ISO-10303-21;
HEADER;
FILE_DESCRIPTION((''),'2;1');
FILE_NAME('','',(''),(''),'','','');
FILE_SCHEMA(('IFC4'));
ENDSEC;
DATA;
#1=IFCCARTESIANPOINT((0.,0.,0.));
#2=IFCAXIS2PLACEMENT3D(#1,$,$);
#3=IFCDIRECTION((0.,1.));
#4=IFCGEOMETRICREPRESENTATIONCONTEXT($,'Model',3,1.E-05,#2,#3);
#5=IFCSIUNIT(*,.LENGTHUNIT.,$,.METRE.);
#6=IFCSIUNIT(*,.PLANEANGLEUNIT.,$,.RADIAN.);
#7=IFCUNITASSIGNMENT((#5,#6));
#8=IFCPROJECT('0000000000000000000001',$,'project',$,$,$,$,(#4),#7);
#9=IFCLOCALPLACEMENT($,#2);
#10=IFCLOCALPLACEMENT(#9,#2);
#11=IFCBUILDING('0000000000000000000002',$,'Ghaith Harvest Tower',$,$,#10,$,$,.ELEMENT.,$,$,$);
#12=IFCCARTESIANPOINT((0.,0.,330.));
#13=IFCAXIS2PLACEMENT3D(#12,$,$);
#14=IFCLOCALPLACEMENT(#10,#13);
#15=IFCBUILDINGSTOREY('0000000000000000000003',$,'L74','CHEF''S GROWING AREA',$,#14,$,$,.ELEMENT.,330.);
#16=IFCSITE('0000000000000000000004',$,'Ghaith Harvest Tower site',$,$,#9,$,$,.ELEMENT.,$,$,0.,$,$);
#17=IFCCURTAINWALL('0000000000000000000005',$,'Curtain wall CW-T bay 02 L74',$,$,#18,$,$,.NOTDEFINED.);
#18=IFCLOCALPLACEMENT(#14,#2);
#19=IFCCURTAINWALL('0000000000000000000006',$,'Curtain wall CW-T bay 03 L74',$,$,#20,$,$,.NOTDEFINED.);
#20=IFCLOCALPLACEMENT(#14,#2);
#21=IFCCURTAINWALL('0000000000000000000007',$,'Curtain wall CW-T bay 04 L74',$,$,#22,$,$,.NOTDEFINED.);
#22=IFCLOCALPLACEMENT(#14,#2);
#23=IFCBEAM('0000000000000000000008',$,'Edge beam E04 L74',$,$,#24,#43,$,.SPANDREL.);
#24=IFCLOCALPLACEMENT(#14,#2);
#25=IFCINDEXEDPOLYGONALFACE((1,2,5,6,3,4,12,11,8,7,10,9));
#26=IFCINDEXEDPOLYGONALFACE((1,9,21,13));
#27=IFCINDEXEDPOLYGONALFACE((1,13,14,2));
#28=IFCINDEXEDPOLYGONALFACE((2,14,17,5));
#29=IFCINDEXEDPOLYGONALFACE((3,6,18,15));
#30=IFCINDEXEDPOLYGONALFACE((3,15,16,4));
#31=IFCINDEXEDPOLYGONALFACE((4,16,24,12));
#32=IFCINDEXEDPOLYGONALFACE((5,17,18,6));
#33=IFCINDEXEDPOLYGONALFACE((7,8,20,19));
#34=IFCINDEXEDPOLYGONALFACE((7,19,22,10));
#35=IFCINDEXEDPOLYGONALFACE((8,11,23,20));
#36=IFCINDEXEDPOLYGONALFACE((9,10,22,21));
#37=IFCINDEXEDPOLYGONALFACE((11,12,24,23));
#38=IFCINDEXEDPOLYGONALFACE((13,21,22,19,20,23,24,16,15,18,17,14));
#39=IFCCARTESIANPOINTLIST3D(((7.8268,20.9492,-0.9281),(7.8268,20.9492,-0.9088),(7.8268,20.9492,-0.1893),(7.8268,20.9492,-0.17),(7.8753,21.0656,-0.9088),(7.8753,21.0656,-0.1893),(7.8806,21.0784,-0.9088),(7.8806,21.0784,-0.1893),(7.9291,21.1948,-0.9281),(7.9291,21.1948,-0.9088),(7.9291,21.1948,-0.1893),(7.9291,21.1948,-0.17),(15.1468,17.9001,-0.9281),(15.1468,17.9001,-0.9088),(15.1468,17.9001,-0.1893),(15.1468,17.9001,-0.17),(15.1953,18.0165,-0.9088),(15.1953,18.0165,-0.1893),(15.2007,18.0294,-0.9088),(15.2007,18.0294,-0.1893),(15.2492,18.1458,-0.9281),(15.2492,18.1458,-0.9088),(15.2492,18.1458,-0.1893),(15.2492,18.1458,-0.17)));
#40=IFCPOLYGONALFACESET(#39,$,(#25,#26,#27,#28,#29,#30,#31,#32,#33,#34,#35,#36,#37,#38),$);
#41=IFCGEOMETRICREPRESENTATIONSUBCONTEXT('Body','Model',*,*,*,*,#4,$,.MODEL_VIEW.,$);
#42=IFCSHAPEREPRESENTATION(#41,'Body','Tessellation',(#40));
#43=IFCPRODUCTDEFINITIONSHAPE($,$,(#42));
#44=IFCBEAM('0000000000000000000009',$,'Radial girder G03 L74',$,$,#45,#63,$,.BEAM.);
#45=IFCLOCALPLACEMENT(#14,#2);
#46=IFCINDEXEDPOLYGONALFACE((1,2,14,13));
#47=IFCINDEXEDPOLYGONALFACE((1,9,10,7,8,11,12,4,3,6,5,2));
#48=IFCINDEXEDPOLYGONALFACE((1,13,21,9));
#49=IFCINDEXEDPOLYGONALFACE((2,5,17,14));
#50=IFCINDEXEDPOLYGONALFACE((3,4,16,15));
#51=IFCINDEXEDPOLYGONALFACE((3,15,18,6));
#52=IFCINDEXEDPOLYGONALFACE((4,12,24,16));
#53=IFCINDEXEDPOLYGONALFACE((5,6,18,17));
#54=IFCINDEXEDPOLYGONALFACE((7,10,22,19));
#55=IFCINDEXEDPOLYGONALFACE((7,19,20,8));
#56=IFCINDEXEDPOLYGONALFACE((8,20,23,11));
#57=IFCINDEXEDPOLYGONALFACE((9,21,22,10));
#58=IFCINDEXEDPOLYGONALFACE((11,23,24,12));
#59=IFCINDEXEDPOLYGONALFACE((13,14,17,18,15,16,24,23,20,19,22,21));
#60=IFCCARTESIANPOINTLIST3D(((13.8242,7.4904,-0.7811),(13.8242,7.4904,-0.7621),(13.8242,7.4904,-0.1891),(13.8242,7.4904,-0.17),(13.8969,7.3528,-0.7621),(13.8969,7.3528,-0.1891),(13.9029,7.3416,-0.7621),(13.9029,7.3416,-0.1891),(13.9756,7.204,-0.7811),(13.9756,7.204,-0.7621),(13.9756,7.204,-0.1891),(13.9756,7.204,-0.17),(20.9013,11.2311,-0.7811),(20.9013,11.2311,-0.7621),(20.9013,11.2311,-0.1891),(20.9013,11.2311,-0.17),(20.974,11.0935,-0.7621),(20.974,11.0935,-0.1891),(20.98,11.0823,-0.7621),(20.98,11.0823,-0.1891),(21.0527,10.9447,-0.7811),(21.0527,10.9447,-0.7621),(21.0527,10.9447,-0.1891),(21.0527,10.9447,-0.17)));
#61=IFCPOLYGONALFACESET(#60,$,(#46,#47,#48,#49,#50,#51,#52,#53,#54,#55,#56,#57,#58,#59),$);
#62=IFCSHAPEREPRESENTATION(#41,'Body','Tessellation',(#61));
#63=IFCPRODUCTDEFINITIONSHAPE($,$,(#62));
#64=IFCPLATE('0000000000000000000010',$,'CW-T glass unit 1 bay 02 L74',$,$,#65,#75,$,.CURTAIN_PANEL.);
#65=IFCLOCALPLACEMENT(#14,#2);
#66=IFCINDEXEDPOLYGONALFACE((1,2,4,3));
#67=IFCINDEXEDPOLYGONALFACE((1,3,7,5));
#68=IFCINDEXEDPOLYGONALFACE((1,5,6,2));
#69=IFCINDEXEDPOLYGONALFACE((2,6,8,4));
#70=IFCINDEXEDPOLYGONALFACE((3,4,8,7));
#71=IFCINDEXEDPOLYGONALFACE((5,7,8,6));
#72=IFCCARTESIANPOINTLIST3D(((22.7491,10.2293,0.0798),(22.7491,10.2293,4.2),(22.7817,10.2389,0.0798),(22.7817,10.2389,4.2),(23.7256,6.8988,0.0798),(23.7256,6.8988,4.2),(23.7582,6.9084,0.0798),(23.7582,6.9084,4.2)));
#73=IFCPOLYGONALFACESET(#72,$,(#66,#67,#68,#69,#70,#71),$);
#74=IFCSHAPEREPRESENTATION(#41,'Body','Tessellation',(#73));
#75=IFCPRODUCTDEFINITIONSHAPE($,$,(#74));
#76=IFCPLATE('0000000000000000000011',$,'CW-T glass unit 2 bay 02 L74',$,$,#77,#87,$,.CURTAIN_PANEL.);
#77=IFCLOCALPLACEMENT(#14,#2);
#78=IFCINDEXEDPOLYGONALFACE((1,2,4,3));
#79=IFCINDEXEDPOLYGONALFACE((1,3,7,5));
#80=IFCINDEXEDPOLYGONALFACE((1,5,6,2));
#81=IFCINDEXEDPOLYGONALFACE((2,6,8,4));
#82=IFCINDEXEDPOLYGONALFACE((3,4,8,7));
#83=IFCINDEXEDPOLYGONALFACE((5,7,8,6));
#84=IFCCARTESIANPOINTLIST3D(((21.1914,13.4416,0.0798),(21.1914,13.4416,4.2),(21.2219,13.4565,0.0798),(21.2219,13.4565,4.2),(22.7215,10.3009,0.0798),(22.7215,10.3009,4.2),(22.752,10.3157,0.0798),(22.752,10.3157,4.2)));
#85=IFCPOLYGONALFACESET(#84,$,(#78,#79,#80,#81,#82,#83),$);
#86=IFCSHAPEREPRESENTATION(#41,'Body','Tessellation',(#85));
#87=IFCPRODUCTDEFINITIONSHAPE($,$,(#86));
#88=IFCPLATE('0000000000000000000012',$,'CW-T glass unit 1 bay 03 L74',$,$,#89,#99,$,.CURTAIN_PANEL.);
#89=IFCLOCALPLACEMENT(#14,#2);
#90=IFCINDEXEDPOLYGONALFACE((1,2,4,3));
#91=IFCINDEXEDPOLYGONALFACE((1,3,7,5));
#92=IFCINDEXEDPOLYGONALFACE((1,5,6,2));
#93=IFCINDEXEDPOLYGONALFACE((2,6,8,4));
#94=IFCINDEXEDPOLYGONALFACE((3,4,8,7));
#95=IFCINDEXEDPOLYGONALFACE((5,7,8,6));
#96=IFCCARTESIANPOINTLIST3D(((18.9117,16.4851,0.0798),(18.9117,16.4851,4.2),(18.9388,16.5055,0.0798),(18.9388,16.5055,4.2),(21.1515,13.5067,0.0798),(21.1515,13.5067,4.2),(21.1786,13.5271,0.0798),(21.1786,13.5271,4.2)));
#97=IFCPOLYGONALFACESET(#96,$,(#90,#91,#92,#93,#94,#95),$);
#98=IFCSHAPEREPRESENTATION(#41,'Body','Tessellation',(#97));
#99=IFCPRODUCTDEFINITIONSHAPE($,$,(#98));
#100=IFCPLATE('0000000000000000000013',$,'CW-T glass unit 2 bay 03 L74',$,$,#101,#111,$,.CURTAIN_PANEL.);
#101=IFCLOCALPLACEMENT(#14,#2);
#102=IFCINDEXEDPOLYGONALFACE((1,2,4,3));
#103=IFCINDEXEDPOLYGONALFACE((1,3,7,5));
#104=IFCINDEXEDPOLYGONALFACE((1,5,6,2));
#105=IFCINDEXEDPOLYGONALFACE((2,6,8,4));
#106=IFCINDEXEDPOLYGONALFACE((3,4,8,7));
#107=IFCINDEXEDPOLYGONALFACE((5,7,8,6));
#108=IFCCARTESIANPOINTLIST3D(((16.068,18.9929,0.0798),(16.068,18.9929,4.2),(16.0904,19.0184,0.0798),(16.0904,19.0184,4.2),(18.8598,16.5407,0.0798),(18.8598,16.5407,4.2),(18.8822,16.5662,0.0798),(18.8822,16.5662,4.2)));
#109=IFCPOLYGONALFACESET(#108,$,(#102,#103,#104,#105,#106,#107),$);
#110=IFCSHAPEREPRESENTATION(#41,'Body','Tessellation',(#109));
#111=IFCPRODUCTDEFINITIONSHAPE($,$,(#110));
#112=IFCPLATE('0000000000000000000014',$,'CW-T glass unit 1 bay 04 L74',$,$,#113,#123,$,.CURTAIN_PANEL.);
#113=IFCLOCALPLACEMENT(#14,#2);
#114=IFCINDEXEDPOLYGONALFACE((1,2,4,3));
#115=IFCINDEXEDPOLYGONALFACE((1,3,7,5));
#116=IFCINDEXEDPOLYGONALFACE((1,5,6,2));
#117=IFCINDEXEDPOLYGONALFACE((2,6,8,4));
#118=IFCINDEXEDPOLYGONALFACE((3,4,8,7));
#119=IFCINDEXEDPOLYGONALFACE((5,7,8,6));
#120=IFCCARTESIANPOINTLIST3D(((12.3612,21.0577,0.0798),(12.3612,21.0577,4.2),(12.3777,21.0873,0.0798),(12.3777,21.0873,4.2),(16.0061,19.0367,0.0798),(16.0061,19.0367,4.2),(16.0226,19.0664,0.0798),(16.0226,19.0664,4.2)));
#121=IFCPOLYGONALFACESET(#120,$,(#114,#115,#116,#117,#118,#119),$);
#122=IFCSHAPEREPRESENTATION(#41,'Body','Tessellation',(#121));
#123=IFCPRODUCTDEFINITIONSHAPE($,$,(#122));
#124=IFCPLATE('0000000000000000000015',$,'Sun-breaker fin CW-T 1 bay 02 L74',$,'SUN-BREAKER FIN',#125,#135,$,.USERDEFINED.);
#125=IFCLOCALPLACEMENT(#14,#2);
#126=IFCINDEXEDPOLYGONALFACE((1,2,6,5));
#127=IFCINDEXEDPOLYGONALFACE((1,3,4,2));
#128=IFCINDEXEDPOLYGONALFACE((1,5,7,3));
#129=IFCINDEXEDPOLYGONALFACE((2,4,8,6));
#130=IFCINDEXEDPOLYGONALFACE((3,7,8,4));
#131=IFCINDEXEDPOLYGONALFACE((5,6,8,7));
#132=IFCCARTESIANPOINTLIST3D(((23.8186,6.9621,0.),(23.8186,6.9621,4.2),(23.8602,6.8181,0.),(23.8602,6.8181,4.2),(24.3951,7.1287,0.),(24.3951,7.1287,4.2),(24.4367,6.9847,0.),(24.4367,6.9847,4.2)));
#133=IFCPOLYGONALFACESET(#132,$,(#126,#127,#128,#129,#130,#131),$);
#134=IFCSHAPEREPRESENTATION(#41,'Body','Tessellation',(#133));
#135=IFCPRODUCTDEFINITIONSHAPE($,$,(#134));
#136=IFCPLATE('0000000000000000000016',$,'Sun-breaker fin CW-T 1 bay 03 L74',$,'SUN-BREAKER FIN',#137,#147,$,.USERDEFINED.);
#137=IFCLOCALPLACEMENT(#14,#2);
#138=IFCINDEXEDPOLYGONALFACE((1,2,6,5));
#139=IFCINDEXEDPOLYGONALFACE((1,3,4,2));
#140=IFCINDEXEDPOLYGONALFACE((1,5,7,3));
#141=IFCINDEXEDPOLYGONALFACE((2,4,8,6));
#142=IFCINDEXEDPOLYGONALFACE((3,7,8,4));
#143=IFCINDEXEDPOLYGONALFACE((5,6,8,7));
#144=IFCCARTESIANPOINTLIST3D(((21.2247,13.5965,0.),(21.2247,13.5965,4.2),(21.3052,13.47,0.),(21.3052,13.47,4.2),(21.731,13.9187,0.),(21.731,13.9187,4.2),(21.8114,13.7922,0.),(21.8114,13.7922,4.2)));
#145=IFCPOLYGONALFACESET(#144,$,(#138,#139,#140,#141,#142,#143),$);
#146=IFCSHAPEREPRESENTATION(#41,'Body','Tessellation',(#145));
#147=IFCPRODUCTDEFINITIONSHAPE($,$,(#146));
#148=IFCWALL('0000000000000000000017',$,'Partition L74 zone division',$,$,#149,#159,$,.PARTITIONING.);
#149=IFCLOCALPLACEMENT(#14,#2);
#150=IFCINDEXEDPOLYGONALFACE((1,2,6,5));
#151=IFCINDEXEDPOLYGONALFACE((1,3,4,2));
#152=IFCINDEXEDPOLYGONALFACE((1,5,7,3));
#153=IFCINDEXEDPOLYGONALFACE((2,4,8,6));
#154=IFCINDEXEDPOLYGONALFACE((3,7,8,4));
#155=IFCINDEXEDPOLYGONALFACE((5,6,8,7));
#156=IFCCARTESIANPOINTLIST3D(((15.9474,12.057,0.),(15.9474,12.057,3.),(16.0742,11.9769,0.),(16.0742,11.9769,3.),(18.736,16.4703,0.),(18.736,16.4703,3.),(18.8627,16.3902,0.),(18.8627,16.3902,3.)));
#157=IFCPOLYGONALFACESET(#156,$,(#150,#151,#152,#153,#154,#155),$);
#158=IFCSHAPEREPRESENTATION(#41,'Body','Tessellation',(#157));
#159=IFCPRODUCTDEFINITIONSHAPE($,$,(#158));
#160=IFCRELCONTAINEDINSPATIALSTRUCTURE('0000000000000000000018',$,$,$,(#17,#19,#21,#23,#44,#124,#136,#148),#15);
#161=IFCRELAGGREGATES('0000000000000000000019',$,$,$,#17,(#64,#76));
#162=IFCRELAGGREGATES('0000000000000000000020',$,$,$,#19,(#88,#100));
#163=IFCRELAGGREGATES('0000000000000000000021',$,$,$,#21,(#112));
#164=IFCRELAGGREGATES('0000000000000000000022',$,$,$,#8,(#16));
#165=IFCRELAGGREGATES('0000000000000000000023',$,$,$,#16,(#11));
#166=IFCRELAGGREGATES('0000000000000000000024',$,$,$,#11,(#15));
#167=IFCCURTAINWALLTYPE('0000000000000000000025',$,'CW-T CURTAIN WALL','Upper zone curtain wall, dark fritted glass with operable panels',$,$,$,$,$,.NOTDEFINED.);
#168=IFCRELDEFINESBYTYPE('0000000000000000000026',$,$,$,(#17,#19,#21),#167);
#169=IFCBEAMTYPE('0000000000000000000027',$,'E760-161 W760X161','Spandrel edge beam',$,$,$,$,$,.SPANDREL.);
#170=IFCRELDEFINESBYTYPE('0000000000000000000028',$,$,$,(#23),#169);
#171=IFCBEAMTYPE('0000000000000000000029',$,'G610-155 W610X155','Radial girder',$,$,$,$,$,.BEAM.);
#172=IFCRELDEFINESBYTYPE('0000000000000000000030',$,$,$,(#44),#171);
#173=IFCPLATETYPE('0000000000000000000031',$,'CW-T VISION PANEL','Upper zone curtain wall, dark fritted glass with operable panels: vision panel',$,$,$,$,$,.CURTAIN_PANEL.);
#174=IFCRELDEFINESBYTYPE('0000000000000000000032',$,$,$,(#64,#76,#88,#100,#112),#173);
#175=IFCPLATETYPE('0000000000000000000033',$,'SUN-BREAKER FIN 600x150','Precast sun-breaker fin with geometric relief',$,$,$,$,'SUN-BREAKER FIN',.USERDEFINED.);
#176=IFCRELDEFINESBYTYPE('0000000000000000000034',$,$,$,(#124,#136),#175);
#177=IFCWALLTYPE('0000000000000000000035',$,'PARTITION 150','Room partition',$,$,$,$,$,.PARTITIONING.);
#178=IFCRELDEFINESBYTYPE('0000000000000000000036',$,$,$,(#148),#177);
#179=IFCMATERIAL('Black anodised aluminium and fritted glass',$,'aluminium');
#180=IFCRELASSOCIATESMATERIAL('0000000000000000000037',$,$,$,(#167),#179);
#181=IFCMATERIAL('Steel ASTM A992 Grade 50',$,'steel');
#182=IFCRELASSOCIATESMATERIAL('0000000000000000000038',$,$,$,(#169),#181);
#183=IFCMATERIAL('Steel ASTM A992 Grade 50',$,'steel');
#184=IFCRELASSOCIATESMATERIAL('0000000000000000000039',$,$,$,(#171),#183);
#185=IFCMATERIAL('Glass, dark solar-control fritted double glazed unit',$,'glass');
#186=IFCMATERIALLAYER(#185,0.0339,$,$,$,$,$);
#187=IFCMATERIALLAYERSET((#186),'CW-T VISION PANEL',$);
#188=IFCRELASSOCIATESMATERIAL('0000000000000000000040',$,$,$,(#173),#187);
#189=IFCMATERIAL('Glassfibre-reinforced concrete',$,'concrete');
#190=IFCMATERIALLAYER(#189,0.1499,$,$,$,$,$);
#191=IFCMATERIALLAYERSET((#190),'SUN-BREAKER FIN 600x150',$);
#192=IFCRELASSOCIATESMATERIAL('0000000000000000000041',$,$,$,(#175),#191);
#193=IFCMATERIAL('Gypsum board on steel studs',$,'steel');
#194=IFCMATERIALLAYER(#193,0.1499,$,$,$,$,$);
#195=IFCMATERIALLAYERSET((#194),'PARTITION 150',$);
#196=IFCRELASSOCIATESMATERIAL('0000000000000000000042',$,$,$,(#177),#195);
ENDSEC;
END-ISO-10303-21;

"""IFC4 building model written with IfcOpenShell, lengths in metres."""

from ifc_helpers import new_model, si_unit, direction, frame, frame_2d, origin, origin_2d, place, context, subcontext, project, spatial, rectangle, i_section, extrude, material, layer, layer_set, material_profile, profile_set, type_object, element, aggregate, save


model = new_model("IFC4")

# Units and contexts
model_context = context("Model", 3, precision=1e-05, world=origin(), true_north=direction((0.0, 1.0)))
body_context = subcontext(model_context, "Body", "Model", "MODEL_VIEW")
ifc_project = project(units=[si_unit("LENGTHUNIT", "METRE"), si_unit("PLANEANGLEUNIT", "RADIAN")], contexts=[model_context])

# Site, building, storey
site_placement = place(None, origin())
site = spatial("IfcSite", under=ifc_project, at=site_placement, Name="Ghaith Harvest Tower site", CompositionType="ELEMENT", RefElevation=0.0)
building_placement = place(site_placement, origin())
building = spatial("IfcBuilding", under=site, at=building_placement, Name="Ghaith Harvest Tower", CompositionType="ELEMENT")
storey_placement = place(building_placement, frame((0.0, 0.0, 330.0)))
storey = spatial("IfcBuildingStorey", under=building, at=storey_placement, Name="L74", Description="CHEF'S GROWING AREA", CompositionType="ELEMENT", Elevation=330.0)

# Curtain walls
ifc_material_1 = material(Name="Black anodised aluminium and fritted glass", Category="aluminium")
curtain_wall_type = type_object("IfcCurtainWallType", Name="CW-T CURTAIN WALL", Description="Upper zone curtain wall, dark fritted glass with operable panels", PredefinedType="NOTDEFINED", material=ifc_material_1)
curtain_wall_1_placement = place(storey_placement, origin())
curtain_wall_1 = element("IfcCurtainWall", 1, at=curtain_wall_1_placement, inside=storey, type_object=curtain_wall_type, Name="Curtain wall CW-T bay 02 L74", PredefinedType="NOTDEFINED")
curtain_wall_2_placement = place(storey_placement, origin())
curtain_wall_2 = element("IfcCurtainWall", 2, at=curtain_wall_2_placement, inside=storey, type_object=curtain_wall_type, Name="Curtain wall CW-T bay 03 L74", PredefinedType="NOTDEFINED")

# Curtain wall
curtain_wall_3_placement = place(storey_placement, origin())
curtain_wall_3 = element("IfcCurtainWall", 3, at=curtain_wall_3_placement, inside=storey, type_object=curtain_wall_type, Name="Curtain wall CW-T bay 04 L74", PredefinedType="NOTDEFINED")

# Beams
ifc_material_2 = material(Name="Steel ASTM A992 Grade 50", Category="steel")
ifc_material_profile_1 = material_profile(ifc_material_2, i_section(OverallWidth=0.2661, OverallDepth=0.7581, WebThickness=0.0139, FlangeThickness=0.0193, at=origin_2d()), Name="W760X161")
ifc_profile_set_1 = profile_set([ifc_material_profile_1], Name="Steel ASTM A992 Grade 50")
beam_type_1 = type_object("IfcBeamType", Name="E760-161 W760X161", Description="Spandrel edge beam", PredefinedType="SPANDREL", material=ifc_profile_set_1)
beam_1_placement = place(storey_placement, frame((15.198, 18.0229, -0.5491), z_axis=(-0.92312, 0.384513, 0.0), x_axis=(-0.384513, -0.92312, 0.0)))
element("IfcBeam", 4, at=beam_1_placement, inside=storey, type_object=beam_type_1, Name="Edge beam E04 L74", PredefinedType="SPANDREL", context=body_context, shape_type="SweptSolid", body=[
    extrude(i_section(OverallWidth=0.2661, OverallDepth=0.7581, WebThickness=0.0139, FlangeThickness=0.0193, at=origin_2d()), origin(), (0.0, 0.0, 1.0), 7.9297),
])
ifc_material_3 = material(Name="Steel ASTM A992 Grade 50", Category="steel")
ifc_material_profile_2 = material_profile(ifc_material_3, i_section(OverallWidth=0.324, OverallDepth=0.6111, WebThickness=0.0127, FlangeThickness=0.019, at=origin_2d()), Name="W610X155")
ifc_profile_set_2 = profile_set([ifc_material_profile_2], Name="Steel ASTM A992 Grade 50")
beam_type_2 = type_object("IfcBeamType", Name="G610-155 W610X155", Description="Radial girder", PredefinedType="BEAM", material=ifc_profile_set_2)
beam_2_placement = place(storey_placement, frame((13.8999, 7.3472, -0.4756), z_axis=(0.884098, 0.467302, 0.0), x_axis=(-0.467302, 0.884098, 0.0)))
element("IfcBeam", 5, at=beam_2_placement, inside=storey, type_object=beam_type_2, Name="Radial girder G03 L74", PredefinedType="BEAM", context=body_context, shape_type="SweptSolid", body=[
    extrude(i_section(OverallWidth=0.324, OverallDepth=0.6111, WebThickness=0.0127, FlangeThickness=0.019, at=origin_2d()), origin(), (0.0, 0.0, 1.0), 8.0049),
])

# Plates
ifc_material_4 = material(Name="Glass, dark solar-control fritted double glazed unit", Category="glass")
ifc_layer_1 = layer(ifc_material_4, 0.0339)
ifc_layer_set_1 = layer_set([ifc_layer_1], Name="CW-T VISION PANEL")
plate_type_1 = type_object("IfcPlateType", Name="CW-T VISION PANEL", Description="Upper zone curtain wall, dark fritted glass with operable panels: vision panel", PredefinedType="CURTAIN_PANEL", material=ifc_layer_set_1)
plate_1_placement = place(storey_placement, frame((23.2537, 8.5688, 0.0798), z_axis=(0.0, 0.0, 1.0), x_axis=(-0.281345, 0.959607, 0.0)))
plate_1 = element("IfcPlate", 6, at=plate_1_placement, type_object=plate_type_1, Name="CW-T glass unit 1 bay 02 L74", PredefinedType="CURTAIN_PANEL", context=body_context, shape_type="SweptSolid", body=[
    extrude(rectangle(XDim=3.4707, YDim=0.0339, at=origin_2d()), origin(), (0.0, 0.0, 1.0), 4.1201),
])
plate_2_placement = place(storey_placement, frame((21.9717, 11.8787, 0.0798), z_axis=(0.0, 0.0, 1.0), x_axis=(-0.437968, 0.89899, 0.0)))
plate_2 = element("IfcPlate", 7, at=plate_2_placement, type_object=plate_type_1, Name="CW-T glass unit 2 bay 02 L74", PredefinedType="CURTAIN_PANEL", context=body_context, shape_type="SweptSolid", body=[
    extrude(rectangle(XDim=3.4937, YDim=0.0339, at=origin_2d()), origin(), (0.0, 0.0, 1.0), 4.1201),
])
aggregate(curtain_wall_1, [plate_1, plate_2])
plate_3_placement = place(storey_placement, frame((20.0452, 15.0061, 0.0798), z_axis=(0.0, 0.0, 1.0), x_axis=(-0.601048, 0.799213, 0.0)))
plate_3 = element("IfcPlate", 8, at=plate_3_placement, type_object=plate_type_1, Name="CW-T glass unit 1 bay 03 L74", PredefinedType="CURTAIN_PANEL", context=body_context, shape_type="SweptSolid", body=[
    extrude(rectangle(XDim=3.7266, YDim=0.0339, at=origin_2d()), origin(), (0.0, 0.0, 1.0), 4.1201),
])
plate_4_placement = place(storey_placement, frame((17.4751, 17.7795, 0.0798), z_axis=(0.0, 0.0, 1.0), x_axis=(-0.751335, 0.659922, 0.0)))
plate_4 = element("IfcPlate", 9, at=plate_4_placement, type_object=plate_type_1, Name="CW-T glass unit 2 bay 03 L74", PredefinedType="CURTAIN_PANEL", context=body_context, shape_type="SweptSolid", body=[
    extrude(rectangle(XDim=3.7158, YDim=0.0339, at=origin_2d()), origin(), (0.0, 0.0, 1.0), 4.1201),
])
aggregate(curtain_wall_2, [plate_3, plate_4])
plate_5_placement = place(storey_placement, frame((14.1919, 20.062, 0.0798), z_axis=(0.0, 0.0, 1.0), x_axis=(-0.874564, 0.48491, 0.0)))
plate_5 = element("IfcPlate", 10, at=plate_5_placement, type_object=plate_type_1, Name="CW-T glass unit 1 bay 04 L74", PredefinedType="CURTAIN_PANEL", context=body_context, shape_type="SweptSolid", body=[
    extrude(rectangle(XDim=4.1677, YDim=0.0339, at=origin_2d()), origin(), (0.0, 0.0, 1.0), 4.1201),
])
aggregate(curtain_wall_3, [plate_5])

# Plates
ifc_material_5 = material(Name="Glassfibre-reinforced concrete", Category="concrete")
ifc_layer_2 = layer(ifc_material_5, 0.1499)
ifc_layer_set_2 = layer_set([ifc_layer_2], Name="SUN-BREAKER FIN 600x150")
plate_type_2 = type_object("IfcPlateType", Name="SUN-BREAKER FIN 600x150", Description="Precast sun-breaker fin with geometric relief", ElementType="SUN-BREAKER FIN", PredefinedType="USERDEFINED", material=ifc_layer_set_2)
for number, where, z_axis, x_axis, name in (
    (11, (24.1277, 6.9734, 0.0), (0.0, 0.0, 1.0), (0.96068, 0.277657, 0.0), "Sun-breaker fin CW-T 1 bay 02 L74"),
    (12, (21.5181, 13.6943, 0.0), (0.0, 0.0, 1.0), (0.843644, 0.536903, 0.0), "Sun-breaker fin CW-T 1 bay 03 L74"),
):
    element("IfcPlate", number, at=place(storey_placement, frame(where, z_axis=z_axis, x_axis=x_axis)), inside=storey, type_object=plate_type_2, Name=name, ObjectType="SUN-BREAKER FIN", PredefinedType="USERDEFINED", context=body_context, shape_type="SweptSolid", body=[
        extrude(rectangle(XDim=0.6001, YDim=0.1499, at=origin_2d()), origin(), (0.0, 0.0, 1.0), 4.2),
    ])

# Wall
ifc_material_6 = material(Name="Gypsum board on steel studs", Category="steel")
ifc_layer_3 = layer(ifc_material_6, 0.1499)
ifc_layer_set_3 = layer_set([ifc_layer_3], Name="PARTITION 150")
wall_type_1 = type_object("IfcWallType", Name="PARTITION 150", Description="Room partition", PredefinedType="PARTITIONING", material=ifc_layer_set_3)
wall_1_placement = place(storey_placement, frame((16.0107, 12.0168, 0.0), z_axis=(0.0, 0.0, 1.0), x_axis=(0.534158, 0.845384, 0.0)))
element("IfcWall", 13, at=wall_1_placement, inside=storey, type_object=wall_type_1, Name="Partition L74 zone division", PredefinedType="PARTITIONING", context=body_context, shape_type="SweptSolid", body=[
    extrude(rectangle(XDim=5.2205, YDim=0.1499, at=frame_2d((2.6104, 0.0))), origin(), (0.0, 0.0, 1.0), 3.0),
])

save(model, "model.ifc")
